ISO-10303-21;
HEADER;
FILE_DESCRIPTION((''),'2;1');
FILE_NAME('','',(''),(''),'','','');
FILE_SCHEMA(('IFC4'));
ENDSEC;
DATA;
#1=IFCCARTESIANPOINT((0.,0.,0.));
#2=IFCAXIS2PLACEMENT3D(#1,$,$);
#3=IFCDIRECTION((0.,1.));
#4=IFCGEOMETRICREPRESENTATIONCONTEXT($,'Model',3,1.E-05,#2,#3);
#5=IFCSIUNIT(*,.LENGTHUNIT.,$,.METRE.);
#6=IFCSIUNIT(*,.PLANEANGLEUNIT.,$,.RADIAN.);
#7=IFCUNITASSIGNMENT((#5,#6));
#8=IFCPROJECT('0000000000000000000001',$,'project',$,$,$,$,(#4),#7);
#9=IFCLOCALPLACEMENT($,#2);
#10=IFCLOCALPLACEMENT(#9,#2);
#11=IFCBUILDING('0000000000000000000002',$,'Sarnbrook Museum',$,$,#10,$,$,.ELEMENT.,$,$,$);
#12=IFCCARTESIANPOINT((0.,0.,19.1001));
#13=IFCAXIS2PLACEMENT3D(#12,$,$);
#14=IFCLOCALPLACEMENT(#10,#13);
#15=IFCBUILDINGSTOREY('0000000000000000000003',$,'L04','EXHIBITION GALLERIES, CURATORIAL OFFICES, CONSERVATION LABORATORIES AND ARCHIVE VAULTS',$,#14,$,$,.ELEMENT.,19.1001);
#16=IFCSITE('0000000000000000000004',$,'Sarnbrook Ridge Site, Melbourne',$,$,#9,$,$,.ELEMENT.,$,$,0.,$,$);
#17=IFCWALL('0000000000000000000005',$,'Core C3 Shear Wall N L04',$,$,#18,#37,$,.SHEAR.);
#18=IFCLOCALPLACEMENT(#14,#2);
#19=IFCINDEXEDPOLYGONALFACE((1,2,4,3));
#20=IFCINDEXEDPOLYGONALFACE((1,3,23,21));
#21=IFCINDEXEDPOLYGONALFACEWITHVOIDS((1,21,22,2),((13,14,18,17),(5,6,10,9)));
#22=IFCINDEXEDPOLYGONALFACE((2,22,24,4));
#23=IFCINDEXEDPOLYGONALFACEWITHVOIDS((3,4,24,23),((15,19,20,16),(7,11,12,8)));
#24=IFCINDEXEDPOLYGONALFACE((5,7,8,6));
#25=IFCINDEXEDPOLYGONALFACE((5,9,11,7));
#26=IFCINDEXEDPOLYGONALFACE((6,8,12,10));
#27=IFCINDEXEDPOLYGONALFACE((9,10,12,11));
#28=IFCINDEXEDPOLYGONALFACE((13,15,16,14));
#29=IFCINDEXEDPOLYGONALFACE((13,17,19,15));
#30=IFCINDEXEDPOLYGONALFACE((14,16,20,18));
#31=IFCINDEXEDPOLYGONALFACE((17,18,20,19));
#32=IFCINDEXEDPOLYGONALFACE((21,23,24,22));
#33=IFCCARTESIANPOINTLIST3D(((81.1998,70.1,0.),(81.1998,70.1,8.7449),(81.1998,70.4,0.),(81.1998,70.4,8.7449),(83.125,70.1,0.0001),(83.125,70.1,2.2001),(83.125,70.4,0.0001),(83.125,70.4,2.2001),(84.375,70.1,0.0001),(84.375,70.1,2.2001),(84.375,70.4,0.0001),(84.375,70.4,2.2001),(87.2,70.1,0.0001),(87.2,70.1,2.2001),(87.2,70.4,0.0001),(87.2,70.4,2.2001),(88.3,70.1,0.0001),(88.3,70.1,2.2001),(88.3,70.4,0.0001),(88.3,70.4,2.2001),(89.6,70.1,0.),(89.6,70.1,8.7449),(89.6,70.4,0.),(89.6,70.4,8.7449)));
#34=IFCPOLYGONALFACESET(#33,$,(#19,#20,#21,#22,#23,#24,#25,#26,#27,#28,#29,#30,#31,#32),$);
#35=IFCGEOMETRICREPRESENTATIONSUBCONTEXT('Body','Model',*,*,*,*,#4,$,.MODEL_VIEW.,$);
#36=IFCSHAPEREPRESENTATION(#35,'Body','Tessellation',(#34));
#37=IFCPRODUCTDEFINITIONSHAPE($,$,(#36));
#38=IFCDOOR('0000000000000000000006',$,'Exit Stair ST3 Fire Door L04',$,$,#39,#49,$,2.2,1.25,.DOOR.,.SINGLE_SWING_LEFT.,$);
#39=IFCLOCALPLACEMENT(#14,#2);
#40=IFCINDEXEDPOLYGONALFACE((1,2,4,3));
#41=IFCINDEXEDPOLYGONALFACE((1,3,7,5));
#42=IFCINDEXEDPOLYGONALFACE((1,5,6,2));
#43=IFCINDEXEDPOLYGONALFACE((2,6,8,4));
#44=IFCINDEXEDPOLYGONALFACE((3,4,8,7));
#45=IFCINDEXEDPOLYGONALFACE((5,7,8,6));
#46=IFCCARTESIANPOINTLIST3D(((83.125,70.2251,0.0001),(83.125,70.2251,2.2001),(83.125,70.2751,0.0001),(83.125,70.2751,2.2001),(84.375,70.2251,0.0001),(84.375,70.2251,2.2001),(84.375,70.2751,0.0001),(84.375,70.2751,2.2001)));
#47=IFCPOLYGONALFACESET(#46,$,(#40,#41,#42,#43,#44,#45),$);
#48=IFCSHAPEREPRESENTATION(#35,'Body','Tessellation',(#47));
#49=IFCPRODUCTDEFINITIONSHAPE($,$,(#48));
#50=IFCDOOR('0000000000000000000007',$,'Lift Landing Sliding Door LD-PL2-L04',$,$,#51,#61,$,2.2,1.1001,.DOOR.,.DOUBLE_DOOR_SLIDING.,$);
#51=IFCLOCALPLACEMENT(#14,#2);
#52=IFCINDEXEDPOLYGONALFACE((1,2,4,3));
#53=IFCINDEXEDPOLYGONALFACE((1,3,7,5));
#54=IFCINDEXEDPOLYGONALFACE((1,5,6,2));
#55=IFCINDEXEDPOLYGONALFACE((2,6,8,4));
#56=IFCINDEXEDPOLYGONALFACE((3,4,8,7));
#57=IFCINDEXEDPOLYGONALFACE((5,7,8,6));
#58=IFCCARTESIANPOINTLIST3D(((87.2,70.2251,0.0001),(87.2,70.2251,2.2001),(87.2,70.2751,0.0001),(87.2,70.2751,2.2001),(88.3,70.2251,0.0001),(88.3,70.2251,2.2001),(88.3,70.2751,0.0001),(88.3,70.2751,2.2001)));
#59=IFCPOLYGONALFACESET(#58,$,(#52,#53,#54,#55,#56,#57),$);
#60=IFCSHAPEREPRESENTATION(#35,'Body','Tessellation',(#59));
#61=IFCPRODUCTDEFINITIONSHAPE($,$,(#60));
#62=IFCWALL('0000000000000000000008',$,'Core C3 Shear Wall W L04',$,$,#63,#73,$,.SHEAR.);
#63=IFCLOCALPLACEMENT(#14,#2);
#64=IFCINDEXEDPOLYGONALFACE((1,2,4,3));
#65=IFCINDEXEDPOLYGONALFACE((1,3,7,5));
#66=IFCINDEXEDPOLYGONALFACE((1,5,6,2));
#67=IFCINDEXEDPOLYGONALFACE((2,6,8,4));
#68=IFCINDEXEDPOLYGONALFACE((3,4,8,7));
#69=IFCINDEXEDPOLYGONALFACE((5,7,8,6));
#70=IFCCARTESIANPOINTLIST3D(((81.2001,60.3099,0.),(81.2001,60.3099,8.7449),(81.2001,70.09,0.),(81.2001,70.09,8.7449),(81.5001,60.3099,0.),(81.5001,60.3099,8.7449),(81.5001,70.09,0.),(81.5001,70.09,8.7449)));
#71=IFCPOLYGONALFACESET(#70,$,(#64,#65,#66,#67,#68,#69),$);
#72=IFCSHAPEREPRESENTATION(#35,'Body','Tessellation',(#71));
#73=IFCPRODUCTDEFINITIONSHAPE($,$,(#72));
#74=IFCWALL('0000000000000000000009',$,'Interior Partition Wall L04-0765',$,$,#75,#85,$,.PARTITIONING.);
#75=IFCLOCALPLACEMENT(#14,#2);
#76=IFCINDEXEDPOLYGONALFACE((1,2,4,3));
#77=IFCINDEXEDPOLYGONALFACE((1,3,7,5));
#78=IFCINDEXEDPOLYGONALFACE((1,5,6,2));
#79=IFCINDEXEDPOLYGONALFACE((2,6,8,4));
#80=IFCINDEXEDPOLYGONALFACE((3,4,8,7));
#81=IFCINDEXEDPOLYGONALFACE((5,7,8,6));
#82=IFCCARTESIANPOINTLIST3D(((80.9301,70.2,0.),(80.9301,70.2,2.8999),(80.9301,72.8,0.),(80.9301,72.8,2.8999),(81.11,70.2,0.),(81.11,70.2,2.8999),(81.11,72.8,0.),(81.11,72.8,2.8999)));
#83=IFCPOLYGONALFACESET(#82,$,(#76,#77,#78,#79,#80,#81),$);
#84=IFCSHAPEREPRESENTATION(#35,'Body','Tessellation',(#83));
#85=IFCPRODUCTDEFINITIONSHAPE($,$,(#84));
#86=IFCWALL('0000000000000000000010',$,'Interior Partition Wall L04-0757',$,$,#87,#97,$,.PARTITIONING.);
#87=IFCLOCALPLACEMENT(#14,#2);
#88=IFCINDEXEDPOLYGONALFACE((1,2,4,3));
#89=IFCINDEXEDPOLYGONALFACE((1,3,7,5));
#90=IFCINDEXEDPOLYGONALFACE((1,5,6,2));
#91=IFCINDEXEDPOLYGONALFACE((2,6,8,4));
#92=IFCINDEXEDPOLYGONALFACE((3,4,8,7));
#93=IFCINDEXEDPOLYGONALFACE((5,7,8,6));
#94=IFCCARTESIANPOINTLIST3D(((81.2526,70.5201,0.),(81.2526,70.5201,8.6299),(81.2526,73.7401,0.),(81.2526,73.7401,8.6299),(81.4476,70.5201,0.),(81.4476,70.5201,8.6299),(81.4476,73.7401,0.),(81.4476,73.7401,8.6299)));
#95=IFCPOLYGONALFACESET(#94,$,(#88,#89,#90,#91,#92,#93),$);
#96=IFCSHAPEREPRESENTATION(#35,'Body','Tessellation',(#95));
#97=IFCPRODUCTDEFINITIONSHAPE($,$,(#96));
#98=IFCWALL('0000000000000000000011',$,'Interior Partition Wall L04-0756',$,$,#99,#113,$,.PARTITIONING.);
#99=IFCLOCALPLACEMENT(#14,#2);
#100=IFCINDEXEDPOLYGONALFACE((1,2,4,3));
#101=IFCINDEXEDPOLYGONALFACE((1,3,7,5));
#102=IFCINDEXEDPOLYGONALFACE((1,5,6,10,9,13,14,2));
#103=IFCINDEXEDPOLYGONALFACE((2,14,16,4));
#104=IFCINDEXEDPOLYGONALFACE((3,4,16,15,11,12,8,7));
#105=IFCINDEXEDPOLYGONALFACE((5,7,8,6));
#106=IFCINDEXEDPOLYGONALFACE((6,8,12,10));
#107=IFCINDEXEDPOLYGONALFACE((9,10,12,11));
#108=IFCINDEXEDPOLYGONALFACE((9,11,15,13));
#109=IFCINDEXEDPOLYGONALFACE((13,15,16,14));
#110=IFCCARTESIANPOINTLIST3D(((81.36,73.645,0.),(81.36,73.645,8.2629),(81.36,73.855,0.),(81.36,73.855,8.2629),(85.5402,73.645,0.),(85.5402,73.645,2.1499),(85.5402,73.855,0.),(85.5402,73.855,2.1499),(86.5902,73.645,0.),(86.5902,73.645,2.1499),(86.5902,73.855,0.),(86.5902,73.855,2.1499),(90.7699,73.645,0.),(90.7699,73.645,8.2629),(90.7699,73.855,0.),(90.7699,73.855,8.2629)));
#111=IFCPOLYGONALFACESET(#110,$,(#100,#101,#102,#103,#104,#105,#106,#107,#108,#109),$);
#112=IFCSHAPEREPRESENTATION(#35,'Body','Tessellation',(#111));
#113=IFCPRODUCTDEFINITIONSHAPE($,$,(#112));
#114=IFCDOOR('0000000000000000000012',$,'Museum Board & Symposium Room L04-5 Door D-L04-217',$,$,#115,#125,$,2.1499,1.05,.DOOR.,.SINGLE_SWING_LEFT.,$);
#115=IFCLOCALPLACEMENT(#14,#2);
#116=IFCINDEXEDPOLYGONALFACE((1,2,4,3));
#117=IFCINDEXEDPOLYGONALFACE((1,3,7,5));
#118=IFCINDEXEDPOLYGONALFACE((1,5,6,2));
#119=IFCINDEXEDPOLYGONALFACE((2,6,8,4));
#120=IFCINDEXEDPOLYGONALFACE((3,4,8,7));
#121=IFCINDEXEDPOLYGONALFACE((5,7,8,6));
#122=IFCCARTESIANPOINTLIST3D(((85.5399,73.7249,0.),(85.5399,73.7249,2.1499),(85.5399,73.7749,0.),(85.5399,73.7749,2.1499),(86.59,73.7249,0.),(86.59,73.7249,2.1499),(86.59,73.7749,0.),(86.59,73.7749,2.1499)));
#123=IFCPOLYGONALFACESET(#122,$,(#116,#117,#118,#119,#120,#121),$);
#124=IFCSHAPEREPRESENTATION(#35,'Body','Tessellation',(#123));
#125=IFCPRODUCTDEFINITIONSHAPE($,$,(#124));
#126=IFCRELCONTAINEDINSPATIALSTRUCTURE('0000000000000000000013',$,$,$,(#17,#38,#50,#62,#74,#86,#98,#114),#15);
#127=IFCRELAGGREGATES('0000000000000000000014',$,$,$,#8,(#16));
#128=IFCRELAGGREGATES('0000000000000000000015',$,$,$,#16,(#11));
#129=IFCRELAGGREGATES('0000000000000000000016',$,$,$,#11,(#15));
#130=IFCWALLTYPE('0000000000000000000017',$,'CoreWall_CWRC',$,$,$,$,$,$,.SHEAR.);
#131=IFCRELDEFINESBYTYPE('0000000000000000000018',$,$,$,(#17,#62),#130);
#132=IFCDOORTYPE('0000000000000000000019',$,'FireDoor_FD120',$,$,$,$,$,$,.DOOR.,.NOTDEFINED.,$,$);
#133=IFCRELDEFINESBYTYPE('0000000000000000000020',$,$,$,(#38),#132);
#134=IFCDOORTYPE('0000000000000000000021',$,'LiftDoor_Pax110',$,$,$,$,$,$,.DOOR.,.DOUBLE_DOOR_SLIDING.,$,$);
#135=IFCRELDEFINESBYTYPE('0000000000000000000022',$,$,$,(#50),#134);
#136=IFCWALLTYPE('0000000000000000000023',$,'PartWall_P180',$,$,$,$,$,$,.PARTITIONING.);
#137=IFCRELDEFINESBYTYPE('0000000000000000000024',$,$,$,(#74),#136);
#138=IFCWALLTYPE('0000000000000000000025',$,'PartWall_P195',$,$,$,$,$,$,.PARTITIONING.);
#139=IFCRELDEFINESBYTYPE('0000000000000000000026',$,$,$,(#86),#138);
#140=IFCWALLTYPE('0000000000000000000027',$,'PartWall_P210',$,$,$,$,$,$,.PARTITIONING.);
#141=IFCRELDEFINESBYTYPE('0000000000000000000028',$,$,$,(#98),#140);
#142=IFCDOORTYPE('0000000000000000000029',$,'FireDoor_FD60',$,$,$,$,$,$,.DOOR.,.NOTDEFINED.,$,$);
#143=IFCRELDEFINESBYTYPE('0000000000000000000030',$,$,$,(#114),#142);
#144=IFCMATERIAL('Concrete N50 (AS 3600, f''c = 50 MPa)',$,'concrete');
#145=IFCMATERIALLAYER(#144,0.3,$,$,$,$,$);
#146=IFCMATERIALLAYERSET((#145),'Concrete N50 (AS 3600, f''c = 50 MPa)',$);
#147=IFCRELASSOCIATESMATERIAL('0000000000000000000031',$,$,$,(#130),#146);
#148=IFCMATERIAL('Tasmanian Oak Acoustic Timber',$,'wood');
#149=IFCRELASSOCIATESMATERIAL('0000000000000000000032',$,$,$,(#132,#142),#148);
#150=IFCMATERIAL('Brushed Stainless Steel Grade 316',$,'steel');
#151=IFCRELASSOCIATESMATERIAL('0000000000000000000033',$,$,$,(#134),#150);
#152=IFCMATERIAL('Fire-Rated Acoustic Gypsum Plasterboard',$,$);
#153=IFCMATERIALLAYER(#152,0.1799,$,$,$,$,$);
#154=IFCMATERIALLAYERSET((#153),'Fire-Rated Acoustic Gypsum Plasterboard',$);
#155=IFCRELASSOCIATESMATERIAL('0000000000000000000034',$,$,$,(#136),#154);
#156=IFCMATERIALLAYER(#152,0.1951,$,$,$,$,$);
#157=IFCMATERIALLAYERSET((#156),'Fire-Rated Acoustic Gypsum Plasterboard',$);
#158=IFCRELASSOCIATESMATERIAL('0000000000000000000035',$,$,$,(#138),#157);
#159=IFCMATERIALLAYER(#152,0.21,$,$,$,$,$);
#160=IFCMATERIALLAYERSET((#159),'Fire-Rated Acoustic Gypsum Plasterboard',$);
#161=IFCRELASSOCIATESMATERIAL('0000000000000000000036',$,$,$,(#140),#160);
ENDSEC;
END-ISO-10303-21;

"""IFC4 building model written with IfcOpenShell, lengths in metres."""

from ifc_helpers import new_model, si_unit, direction, frame, frame_2d, origin, place, context, subcontext, project, spatial, rectangle, extrude, material, layer, layer_set, type_object, element, fill, save


model = new_model("IFC4")

# Units and contexts
model_context = context("Model", 3, precision=1e-05, world=origin(), true_north=direction((0.0, 1.0)))
body_context = subcontext(model_context, "Body", "Model", "MODEL_VIEW")
ifc_project = project(units=[si_unit("LENGTHUNIT", "METRE"), si_unit("PLANEANGLEUNIT", "RADIAN")], contexts=[model_context])

# Site, building, storey
site_placement = place(None, origin())
site = spatial("IfcSite", under=ifc_project, at=site_placement, Name="Sarnbrook Ridge Site, Melbourne", CompositionType="ELEMENT", RefElevation=0.0)
building_placement = place(site_placement, origin())
building = spatial("IfcBuilding", under=site, at=building_placement, Name="Sarnbrook Museum", CompositionType="ELEMENT")
storey_placement = place(building_placement, frame((0.0, 0.0, 19.1001)))
storey = spatial("IfcBuildingStorey", under=building, at=storey_placement, Name="L04", Description="EXHIBITION GALLERIES, CURATORIAL OFFICES, CONSERVATION LABORATORIES AND ARCHIVE VAULTS", CompositionType="ELEMENT", Elevation=19.1001)

# Wall, openings, doors
ifc_material_1 = material(Name="Concrete N50 (AS 3600, f'c = 50 MPa)", Category="concrete")
ifc_layer_1 = layer(ifc_material_1, 0.3)
ifc_layer_set_1 = layer_set([ifc_layer_1], Name="Concrete N50 (AS 3600, f'c = 50 MPa)")
wall_type_1 = type_object("IfcWallType", Name="CoreWall_CWRC", PredefinedType="SHEAR", material=ifc_layer_set_1)
wall_1_placement = place(storey_placement, frame((89.6001, 70.25, 0.0), z_axis=(0.0, 0.0, 1.0), x_axis=(-1.0, 0.0, 0.0)))
wall_1 = element("IfcWall", 1, at=wall_1_placement, inside=storey, type_object=wall_type_1, Name="Core C3 Shear Wall N L04", PredefinedType="SHEAR", context=body_context, shape_type="SweptSolid", body=[
    extrude(rectangle(XDim=8.4001, YDim=0.3, at=frame_2d((4.2002, 0.0))), origin(), (0.0, 0.0, 1.0), 8.7449),
])
opening_1_placement = place(wall_1_placement, frame((5.2251, 0.0, 0.0)))
opening_1 = element("IfcOpeningElement", 2, at=opening_1_placement, cuts=wall_1, PredefinedType="OPENING", context=body_context, shape_type="SweptSolid", body=[
    extrude(rectangle(XDim=1.25, YDim=2.2, at=frame_2d((0.625, 1.1001))), frame((0.0, 0.1602, 0.0), z_axis=(0.0, -1.0, 0.0), x_axis=(1.0, 0.0, 0.0)), (0.0, 0.0, 1.0), 0.3201),
])
opening_2_placement = place(wall_1_placement, frame((1.3, 0.0, 0.0)))
opening_2 = element("IfcOpeningElement", 3, at=opening_2_placement, cuts=wall_1, PredefinedType="OPENING", context=body_context, shape_type="SweptSolid", body=[
    extrude(rectangle(XDim=1.1001, YDim=2.2, at=frame_2d((0.55, 1.1001))), frame((0.0, 0.1602, 0.0), z_axis=(0.0, -1.0, 0.0), x_axis=(1.0, 0.0, 0.0)), (0.0, 0.0, 1.0), 0.3201),
])
ifc_material_2 = material(Name="Tasmanian Oak Acoustic Timber", Category="wood")
door_type_1 = type_object("IfcDoorType", Name="FireDoor_FD120", OperationType="NOTDEFINED", PredefinedType="DOOR", material=ifc_material_2)
door_1_placement = place(opening_1_placement, origin())
door_1 = element("IfcDoor", 4, at=door_1_placement, inside=storey, type_object=door_type_1, Name="Exit Stair ST3 Fire Door L04", OperationType="SINGLE_SWING_LEFT", OverallHeight=2.2, OverallWidth=1.25, PredefinedType="DOOR", context=body_context, shape_type="SweptSolid", body=[
    extrude(rectangle(XDim=1.25, YDim=2.2, at=frame_2d((0.625, 1.1001))), frame((0.0, 0.0249, 0.0), z_axis=(0.0, -1.0, 0.0), x_axis=(1.0, 0.0, 0.0)), (0.0, 0.0, 1.0), 0.05),
])
fill(opening_1, door_1)
ifc_material_3 = material(Name="Brushed Stainless Steel Grade 316", Category="steel")
door_type_2 = type_object("IfcDoorType", Name="LiftDoor_Pax110", OperationType="DOUBLE_DOOR_SLIDING", PredefinedType="DOOR", material=ifc_material_3)
door_2_placement = place(opening_2_placement, origin())
door_2 = element("IfcDoor", 5, at=door_2_placement, inside=storey, type_object=door_type_2, Name="Lift Landing Sliding Door LD-PL2-L04", OperationType="DOUBLE_DOOR_SLIDING", OverallHeight=2.2, OverallWidth=1.1001, PredefinedType="DOOR", context=body_context, shape_type="SweptSolid", body=[
    extrude(rectangle(XDim=1.1001, YDim=2.2, at=frame_2d((0.55, 1.1001))), frame((0.0, 0.0249, 0.0), z_axis=(0.0, -1.0, 0.0), x_axis=(1.0, 0.0, 0.0)), (0.0, 0.0, 1.0), 0.05),
])
fill(opening_2, door_2)

# Walls
wall_2_placement = place(storey_placement, frame((81.3501, 70.0901, 0.0), z_axis=(0.0, 0.0, 1.0), x_axis=(0.0, -1.0, 0.0)))
element("IfcWall", 6, at=wall_2_placement, inside=storey, type_object=wall_type_1, Name="Core C3 Shear Wall W L04", PredefinedType="SHEAR", context=body_context, shape_type="SweptSolid", body=[
    extrude(rectangle(XDim=9.78, YDim=0.3, at=frame_2d((4.8901, 0.0))), origin(), (0.0, 0.0, 1.0), 8.7449),
])
ifc_material_4 = material(Name="Fire-Rated Acoustic Gypsum Plasterboard")
ifc_layer_2 = layer(ifc_material_4, 0.1799)
ifc_layer_set_2 = layer_set([ifc_layer_2], Name="Fire-Rated Acoustic Gypsum Plasterboard")
wall_type_2 = type_object("IfcWallType", Name="PartWall_P180", PredefinedType="PARTITIONING", material=ifc_layer_set_2)
wall_3_placement = place(storey_placement, frame((81.02, 70.2, 0.0), z_axis=(0.0, 0.0, 1.0), x_axis=(0.0, 1.0, 0.0)))
element("IfcWall", 7, at=wall_3_placement, inside=storey, type_object=wall_type_2, Name="Interior Partition Wall L04-0765", PredefinedType="PARTITIONING", context=body_context, shape_type="SweptSolid", body=[
    extrude(rectangle(XDim=2.6001, YDim=0.1799, at=frame_2d((1.3, 0.0))), origin(), (0.0, 0.0, 1.0), 2.8999),
])
ifc_layer_3 = layer(ifc_material_4, 0.1951)
ifc_layer_set_3 = layer_set([ifc_layer_3], Name="Fire-Rated Acoustic Gypsum Plasterboard")
wall_type_3 = type_object("IfcWallType", Name="PartWall_P195", PredefinedType="PARTITIONING", material=ifc_layer_set_3)
wall_4_placement = place(storey_placement, frame((81.3501, 73.74, 0.0), z_axis=(0.0, 0.0, 1.0), x_axis=(0.0, -1.0, 0.0)))
element("IfcWall", 8, at=wall_4_placement, inside=storey, type_object=wall_type_3, Name="Interior Partition Wall L04-0757", PredefinedType="PARTITIONING", context=body_context, shape_type="SweptSolid", body=[
    extrude(rectangle(XDim=3.22, YDim=0.1951, at=frame_2d((1.6099, 0.0))), origin(), (0.0, 0.0, 1.0), 8.6299),
])

# Wall, opening, door
ifc_layer_4 = layer(ifc_material_4, 0.21)
ifc_layer_set_4 = layer_set([ifc_layer_4], Name="Fire-Rated Acoustic Gypsum Plasterboard")
wall_type_4 = type_object("IfcWallType", Name="PartWall_P210", PredefinedType="PARTITIONING", material=ifc_layer_set_4)
wall_5_placement = place(storey_placement, frame((90.77, 73.75, 0.0), z_axis=(0.0, 0.0, 1.0), x_axis=(-1.0, 0.0, 0.0)))
wall_5 = element("IfcWall", 9, at=wall_5_placement, inside=storey, type_object=wall_type_4, Name="Interior Partition Wall L04-0756", PredefinedType="PARTITIONING", context=body_context, shape_type="SweptSolid", body=[
    extrude(rectangle(XDim=9.4099, YDim=0.21, at=frame_2d((4.7051, 0.0))), origin(), (0.0, 0.0, 1.0), 8.2629),
])
opening_3_placement = place(wall_5_placement, frame((4.1799, 0.0, 0.0)))
opening_3 = element("IfcOpeningElement", 10, at=opening_3_placement, cuts=wall_5, PredefinedType="OPENING", context=body_context, shape_type="SweptSolid", body=[
    extrude(rectangle(XDim=1.05, YDim=2.1499, at=frame_2d((0.5249, 1.075))), frame((0.0, 0.115, 0.0), z_axis=(0.0, -1.0, 0.0), x_axis=(1.0, 0.0, 0.0)), (0.0, 0.0, 1.0), 0.23),
])
door_type_3 = type_object("IfcDoorType", Name="FireDoor_FD60", OperationType="NOTDEFINED", PredefinedType="DOOR", material=ifc_material_2)
door_3_placement = place(opening_3_placement, frame((1.05, 0.0, 0.0), z_axis=(0.0, 0.0, 1.0), x_axis=(-1.0, 0.0, 0.0)))
door_3 = element("IfcDoor", 11, at=door_3_placement, inside=storey, type_object=door_type_3, Name="Museum Board & Symposium Room L04-5 Door D-L04-217", OperationType="SINGLE_SWING_LEFT", OverallHeight=2.1499, OverallWidth=1.05, PredefinedType="DOOR", context=body_context, shape_type="SweptSolid", body=[
    extrude(rectangle(XDim=1.05, YDim=2.1499, at=frame_2d((0.5249, 1.075))), frame((0.0, 0.0249, 0.0), z_axis=(0.0, -1.0, 0.0), x_axis=(1.0, 0.0, 0.0)), (0.0, 0.0, 1.0), 0.05),
])
fill(opening_3, door_3)

save(model, "model.ifc")
